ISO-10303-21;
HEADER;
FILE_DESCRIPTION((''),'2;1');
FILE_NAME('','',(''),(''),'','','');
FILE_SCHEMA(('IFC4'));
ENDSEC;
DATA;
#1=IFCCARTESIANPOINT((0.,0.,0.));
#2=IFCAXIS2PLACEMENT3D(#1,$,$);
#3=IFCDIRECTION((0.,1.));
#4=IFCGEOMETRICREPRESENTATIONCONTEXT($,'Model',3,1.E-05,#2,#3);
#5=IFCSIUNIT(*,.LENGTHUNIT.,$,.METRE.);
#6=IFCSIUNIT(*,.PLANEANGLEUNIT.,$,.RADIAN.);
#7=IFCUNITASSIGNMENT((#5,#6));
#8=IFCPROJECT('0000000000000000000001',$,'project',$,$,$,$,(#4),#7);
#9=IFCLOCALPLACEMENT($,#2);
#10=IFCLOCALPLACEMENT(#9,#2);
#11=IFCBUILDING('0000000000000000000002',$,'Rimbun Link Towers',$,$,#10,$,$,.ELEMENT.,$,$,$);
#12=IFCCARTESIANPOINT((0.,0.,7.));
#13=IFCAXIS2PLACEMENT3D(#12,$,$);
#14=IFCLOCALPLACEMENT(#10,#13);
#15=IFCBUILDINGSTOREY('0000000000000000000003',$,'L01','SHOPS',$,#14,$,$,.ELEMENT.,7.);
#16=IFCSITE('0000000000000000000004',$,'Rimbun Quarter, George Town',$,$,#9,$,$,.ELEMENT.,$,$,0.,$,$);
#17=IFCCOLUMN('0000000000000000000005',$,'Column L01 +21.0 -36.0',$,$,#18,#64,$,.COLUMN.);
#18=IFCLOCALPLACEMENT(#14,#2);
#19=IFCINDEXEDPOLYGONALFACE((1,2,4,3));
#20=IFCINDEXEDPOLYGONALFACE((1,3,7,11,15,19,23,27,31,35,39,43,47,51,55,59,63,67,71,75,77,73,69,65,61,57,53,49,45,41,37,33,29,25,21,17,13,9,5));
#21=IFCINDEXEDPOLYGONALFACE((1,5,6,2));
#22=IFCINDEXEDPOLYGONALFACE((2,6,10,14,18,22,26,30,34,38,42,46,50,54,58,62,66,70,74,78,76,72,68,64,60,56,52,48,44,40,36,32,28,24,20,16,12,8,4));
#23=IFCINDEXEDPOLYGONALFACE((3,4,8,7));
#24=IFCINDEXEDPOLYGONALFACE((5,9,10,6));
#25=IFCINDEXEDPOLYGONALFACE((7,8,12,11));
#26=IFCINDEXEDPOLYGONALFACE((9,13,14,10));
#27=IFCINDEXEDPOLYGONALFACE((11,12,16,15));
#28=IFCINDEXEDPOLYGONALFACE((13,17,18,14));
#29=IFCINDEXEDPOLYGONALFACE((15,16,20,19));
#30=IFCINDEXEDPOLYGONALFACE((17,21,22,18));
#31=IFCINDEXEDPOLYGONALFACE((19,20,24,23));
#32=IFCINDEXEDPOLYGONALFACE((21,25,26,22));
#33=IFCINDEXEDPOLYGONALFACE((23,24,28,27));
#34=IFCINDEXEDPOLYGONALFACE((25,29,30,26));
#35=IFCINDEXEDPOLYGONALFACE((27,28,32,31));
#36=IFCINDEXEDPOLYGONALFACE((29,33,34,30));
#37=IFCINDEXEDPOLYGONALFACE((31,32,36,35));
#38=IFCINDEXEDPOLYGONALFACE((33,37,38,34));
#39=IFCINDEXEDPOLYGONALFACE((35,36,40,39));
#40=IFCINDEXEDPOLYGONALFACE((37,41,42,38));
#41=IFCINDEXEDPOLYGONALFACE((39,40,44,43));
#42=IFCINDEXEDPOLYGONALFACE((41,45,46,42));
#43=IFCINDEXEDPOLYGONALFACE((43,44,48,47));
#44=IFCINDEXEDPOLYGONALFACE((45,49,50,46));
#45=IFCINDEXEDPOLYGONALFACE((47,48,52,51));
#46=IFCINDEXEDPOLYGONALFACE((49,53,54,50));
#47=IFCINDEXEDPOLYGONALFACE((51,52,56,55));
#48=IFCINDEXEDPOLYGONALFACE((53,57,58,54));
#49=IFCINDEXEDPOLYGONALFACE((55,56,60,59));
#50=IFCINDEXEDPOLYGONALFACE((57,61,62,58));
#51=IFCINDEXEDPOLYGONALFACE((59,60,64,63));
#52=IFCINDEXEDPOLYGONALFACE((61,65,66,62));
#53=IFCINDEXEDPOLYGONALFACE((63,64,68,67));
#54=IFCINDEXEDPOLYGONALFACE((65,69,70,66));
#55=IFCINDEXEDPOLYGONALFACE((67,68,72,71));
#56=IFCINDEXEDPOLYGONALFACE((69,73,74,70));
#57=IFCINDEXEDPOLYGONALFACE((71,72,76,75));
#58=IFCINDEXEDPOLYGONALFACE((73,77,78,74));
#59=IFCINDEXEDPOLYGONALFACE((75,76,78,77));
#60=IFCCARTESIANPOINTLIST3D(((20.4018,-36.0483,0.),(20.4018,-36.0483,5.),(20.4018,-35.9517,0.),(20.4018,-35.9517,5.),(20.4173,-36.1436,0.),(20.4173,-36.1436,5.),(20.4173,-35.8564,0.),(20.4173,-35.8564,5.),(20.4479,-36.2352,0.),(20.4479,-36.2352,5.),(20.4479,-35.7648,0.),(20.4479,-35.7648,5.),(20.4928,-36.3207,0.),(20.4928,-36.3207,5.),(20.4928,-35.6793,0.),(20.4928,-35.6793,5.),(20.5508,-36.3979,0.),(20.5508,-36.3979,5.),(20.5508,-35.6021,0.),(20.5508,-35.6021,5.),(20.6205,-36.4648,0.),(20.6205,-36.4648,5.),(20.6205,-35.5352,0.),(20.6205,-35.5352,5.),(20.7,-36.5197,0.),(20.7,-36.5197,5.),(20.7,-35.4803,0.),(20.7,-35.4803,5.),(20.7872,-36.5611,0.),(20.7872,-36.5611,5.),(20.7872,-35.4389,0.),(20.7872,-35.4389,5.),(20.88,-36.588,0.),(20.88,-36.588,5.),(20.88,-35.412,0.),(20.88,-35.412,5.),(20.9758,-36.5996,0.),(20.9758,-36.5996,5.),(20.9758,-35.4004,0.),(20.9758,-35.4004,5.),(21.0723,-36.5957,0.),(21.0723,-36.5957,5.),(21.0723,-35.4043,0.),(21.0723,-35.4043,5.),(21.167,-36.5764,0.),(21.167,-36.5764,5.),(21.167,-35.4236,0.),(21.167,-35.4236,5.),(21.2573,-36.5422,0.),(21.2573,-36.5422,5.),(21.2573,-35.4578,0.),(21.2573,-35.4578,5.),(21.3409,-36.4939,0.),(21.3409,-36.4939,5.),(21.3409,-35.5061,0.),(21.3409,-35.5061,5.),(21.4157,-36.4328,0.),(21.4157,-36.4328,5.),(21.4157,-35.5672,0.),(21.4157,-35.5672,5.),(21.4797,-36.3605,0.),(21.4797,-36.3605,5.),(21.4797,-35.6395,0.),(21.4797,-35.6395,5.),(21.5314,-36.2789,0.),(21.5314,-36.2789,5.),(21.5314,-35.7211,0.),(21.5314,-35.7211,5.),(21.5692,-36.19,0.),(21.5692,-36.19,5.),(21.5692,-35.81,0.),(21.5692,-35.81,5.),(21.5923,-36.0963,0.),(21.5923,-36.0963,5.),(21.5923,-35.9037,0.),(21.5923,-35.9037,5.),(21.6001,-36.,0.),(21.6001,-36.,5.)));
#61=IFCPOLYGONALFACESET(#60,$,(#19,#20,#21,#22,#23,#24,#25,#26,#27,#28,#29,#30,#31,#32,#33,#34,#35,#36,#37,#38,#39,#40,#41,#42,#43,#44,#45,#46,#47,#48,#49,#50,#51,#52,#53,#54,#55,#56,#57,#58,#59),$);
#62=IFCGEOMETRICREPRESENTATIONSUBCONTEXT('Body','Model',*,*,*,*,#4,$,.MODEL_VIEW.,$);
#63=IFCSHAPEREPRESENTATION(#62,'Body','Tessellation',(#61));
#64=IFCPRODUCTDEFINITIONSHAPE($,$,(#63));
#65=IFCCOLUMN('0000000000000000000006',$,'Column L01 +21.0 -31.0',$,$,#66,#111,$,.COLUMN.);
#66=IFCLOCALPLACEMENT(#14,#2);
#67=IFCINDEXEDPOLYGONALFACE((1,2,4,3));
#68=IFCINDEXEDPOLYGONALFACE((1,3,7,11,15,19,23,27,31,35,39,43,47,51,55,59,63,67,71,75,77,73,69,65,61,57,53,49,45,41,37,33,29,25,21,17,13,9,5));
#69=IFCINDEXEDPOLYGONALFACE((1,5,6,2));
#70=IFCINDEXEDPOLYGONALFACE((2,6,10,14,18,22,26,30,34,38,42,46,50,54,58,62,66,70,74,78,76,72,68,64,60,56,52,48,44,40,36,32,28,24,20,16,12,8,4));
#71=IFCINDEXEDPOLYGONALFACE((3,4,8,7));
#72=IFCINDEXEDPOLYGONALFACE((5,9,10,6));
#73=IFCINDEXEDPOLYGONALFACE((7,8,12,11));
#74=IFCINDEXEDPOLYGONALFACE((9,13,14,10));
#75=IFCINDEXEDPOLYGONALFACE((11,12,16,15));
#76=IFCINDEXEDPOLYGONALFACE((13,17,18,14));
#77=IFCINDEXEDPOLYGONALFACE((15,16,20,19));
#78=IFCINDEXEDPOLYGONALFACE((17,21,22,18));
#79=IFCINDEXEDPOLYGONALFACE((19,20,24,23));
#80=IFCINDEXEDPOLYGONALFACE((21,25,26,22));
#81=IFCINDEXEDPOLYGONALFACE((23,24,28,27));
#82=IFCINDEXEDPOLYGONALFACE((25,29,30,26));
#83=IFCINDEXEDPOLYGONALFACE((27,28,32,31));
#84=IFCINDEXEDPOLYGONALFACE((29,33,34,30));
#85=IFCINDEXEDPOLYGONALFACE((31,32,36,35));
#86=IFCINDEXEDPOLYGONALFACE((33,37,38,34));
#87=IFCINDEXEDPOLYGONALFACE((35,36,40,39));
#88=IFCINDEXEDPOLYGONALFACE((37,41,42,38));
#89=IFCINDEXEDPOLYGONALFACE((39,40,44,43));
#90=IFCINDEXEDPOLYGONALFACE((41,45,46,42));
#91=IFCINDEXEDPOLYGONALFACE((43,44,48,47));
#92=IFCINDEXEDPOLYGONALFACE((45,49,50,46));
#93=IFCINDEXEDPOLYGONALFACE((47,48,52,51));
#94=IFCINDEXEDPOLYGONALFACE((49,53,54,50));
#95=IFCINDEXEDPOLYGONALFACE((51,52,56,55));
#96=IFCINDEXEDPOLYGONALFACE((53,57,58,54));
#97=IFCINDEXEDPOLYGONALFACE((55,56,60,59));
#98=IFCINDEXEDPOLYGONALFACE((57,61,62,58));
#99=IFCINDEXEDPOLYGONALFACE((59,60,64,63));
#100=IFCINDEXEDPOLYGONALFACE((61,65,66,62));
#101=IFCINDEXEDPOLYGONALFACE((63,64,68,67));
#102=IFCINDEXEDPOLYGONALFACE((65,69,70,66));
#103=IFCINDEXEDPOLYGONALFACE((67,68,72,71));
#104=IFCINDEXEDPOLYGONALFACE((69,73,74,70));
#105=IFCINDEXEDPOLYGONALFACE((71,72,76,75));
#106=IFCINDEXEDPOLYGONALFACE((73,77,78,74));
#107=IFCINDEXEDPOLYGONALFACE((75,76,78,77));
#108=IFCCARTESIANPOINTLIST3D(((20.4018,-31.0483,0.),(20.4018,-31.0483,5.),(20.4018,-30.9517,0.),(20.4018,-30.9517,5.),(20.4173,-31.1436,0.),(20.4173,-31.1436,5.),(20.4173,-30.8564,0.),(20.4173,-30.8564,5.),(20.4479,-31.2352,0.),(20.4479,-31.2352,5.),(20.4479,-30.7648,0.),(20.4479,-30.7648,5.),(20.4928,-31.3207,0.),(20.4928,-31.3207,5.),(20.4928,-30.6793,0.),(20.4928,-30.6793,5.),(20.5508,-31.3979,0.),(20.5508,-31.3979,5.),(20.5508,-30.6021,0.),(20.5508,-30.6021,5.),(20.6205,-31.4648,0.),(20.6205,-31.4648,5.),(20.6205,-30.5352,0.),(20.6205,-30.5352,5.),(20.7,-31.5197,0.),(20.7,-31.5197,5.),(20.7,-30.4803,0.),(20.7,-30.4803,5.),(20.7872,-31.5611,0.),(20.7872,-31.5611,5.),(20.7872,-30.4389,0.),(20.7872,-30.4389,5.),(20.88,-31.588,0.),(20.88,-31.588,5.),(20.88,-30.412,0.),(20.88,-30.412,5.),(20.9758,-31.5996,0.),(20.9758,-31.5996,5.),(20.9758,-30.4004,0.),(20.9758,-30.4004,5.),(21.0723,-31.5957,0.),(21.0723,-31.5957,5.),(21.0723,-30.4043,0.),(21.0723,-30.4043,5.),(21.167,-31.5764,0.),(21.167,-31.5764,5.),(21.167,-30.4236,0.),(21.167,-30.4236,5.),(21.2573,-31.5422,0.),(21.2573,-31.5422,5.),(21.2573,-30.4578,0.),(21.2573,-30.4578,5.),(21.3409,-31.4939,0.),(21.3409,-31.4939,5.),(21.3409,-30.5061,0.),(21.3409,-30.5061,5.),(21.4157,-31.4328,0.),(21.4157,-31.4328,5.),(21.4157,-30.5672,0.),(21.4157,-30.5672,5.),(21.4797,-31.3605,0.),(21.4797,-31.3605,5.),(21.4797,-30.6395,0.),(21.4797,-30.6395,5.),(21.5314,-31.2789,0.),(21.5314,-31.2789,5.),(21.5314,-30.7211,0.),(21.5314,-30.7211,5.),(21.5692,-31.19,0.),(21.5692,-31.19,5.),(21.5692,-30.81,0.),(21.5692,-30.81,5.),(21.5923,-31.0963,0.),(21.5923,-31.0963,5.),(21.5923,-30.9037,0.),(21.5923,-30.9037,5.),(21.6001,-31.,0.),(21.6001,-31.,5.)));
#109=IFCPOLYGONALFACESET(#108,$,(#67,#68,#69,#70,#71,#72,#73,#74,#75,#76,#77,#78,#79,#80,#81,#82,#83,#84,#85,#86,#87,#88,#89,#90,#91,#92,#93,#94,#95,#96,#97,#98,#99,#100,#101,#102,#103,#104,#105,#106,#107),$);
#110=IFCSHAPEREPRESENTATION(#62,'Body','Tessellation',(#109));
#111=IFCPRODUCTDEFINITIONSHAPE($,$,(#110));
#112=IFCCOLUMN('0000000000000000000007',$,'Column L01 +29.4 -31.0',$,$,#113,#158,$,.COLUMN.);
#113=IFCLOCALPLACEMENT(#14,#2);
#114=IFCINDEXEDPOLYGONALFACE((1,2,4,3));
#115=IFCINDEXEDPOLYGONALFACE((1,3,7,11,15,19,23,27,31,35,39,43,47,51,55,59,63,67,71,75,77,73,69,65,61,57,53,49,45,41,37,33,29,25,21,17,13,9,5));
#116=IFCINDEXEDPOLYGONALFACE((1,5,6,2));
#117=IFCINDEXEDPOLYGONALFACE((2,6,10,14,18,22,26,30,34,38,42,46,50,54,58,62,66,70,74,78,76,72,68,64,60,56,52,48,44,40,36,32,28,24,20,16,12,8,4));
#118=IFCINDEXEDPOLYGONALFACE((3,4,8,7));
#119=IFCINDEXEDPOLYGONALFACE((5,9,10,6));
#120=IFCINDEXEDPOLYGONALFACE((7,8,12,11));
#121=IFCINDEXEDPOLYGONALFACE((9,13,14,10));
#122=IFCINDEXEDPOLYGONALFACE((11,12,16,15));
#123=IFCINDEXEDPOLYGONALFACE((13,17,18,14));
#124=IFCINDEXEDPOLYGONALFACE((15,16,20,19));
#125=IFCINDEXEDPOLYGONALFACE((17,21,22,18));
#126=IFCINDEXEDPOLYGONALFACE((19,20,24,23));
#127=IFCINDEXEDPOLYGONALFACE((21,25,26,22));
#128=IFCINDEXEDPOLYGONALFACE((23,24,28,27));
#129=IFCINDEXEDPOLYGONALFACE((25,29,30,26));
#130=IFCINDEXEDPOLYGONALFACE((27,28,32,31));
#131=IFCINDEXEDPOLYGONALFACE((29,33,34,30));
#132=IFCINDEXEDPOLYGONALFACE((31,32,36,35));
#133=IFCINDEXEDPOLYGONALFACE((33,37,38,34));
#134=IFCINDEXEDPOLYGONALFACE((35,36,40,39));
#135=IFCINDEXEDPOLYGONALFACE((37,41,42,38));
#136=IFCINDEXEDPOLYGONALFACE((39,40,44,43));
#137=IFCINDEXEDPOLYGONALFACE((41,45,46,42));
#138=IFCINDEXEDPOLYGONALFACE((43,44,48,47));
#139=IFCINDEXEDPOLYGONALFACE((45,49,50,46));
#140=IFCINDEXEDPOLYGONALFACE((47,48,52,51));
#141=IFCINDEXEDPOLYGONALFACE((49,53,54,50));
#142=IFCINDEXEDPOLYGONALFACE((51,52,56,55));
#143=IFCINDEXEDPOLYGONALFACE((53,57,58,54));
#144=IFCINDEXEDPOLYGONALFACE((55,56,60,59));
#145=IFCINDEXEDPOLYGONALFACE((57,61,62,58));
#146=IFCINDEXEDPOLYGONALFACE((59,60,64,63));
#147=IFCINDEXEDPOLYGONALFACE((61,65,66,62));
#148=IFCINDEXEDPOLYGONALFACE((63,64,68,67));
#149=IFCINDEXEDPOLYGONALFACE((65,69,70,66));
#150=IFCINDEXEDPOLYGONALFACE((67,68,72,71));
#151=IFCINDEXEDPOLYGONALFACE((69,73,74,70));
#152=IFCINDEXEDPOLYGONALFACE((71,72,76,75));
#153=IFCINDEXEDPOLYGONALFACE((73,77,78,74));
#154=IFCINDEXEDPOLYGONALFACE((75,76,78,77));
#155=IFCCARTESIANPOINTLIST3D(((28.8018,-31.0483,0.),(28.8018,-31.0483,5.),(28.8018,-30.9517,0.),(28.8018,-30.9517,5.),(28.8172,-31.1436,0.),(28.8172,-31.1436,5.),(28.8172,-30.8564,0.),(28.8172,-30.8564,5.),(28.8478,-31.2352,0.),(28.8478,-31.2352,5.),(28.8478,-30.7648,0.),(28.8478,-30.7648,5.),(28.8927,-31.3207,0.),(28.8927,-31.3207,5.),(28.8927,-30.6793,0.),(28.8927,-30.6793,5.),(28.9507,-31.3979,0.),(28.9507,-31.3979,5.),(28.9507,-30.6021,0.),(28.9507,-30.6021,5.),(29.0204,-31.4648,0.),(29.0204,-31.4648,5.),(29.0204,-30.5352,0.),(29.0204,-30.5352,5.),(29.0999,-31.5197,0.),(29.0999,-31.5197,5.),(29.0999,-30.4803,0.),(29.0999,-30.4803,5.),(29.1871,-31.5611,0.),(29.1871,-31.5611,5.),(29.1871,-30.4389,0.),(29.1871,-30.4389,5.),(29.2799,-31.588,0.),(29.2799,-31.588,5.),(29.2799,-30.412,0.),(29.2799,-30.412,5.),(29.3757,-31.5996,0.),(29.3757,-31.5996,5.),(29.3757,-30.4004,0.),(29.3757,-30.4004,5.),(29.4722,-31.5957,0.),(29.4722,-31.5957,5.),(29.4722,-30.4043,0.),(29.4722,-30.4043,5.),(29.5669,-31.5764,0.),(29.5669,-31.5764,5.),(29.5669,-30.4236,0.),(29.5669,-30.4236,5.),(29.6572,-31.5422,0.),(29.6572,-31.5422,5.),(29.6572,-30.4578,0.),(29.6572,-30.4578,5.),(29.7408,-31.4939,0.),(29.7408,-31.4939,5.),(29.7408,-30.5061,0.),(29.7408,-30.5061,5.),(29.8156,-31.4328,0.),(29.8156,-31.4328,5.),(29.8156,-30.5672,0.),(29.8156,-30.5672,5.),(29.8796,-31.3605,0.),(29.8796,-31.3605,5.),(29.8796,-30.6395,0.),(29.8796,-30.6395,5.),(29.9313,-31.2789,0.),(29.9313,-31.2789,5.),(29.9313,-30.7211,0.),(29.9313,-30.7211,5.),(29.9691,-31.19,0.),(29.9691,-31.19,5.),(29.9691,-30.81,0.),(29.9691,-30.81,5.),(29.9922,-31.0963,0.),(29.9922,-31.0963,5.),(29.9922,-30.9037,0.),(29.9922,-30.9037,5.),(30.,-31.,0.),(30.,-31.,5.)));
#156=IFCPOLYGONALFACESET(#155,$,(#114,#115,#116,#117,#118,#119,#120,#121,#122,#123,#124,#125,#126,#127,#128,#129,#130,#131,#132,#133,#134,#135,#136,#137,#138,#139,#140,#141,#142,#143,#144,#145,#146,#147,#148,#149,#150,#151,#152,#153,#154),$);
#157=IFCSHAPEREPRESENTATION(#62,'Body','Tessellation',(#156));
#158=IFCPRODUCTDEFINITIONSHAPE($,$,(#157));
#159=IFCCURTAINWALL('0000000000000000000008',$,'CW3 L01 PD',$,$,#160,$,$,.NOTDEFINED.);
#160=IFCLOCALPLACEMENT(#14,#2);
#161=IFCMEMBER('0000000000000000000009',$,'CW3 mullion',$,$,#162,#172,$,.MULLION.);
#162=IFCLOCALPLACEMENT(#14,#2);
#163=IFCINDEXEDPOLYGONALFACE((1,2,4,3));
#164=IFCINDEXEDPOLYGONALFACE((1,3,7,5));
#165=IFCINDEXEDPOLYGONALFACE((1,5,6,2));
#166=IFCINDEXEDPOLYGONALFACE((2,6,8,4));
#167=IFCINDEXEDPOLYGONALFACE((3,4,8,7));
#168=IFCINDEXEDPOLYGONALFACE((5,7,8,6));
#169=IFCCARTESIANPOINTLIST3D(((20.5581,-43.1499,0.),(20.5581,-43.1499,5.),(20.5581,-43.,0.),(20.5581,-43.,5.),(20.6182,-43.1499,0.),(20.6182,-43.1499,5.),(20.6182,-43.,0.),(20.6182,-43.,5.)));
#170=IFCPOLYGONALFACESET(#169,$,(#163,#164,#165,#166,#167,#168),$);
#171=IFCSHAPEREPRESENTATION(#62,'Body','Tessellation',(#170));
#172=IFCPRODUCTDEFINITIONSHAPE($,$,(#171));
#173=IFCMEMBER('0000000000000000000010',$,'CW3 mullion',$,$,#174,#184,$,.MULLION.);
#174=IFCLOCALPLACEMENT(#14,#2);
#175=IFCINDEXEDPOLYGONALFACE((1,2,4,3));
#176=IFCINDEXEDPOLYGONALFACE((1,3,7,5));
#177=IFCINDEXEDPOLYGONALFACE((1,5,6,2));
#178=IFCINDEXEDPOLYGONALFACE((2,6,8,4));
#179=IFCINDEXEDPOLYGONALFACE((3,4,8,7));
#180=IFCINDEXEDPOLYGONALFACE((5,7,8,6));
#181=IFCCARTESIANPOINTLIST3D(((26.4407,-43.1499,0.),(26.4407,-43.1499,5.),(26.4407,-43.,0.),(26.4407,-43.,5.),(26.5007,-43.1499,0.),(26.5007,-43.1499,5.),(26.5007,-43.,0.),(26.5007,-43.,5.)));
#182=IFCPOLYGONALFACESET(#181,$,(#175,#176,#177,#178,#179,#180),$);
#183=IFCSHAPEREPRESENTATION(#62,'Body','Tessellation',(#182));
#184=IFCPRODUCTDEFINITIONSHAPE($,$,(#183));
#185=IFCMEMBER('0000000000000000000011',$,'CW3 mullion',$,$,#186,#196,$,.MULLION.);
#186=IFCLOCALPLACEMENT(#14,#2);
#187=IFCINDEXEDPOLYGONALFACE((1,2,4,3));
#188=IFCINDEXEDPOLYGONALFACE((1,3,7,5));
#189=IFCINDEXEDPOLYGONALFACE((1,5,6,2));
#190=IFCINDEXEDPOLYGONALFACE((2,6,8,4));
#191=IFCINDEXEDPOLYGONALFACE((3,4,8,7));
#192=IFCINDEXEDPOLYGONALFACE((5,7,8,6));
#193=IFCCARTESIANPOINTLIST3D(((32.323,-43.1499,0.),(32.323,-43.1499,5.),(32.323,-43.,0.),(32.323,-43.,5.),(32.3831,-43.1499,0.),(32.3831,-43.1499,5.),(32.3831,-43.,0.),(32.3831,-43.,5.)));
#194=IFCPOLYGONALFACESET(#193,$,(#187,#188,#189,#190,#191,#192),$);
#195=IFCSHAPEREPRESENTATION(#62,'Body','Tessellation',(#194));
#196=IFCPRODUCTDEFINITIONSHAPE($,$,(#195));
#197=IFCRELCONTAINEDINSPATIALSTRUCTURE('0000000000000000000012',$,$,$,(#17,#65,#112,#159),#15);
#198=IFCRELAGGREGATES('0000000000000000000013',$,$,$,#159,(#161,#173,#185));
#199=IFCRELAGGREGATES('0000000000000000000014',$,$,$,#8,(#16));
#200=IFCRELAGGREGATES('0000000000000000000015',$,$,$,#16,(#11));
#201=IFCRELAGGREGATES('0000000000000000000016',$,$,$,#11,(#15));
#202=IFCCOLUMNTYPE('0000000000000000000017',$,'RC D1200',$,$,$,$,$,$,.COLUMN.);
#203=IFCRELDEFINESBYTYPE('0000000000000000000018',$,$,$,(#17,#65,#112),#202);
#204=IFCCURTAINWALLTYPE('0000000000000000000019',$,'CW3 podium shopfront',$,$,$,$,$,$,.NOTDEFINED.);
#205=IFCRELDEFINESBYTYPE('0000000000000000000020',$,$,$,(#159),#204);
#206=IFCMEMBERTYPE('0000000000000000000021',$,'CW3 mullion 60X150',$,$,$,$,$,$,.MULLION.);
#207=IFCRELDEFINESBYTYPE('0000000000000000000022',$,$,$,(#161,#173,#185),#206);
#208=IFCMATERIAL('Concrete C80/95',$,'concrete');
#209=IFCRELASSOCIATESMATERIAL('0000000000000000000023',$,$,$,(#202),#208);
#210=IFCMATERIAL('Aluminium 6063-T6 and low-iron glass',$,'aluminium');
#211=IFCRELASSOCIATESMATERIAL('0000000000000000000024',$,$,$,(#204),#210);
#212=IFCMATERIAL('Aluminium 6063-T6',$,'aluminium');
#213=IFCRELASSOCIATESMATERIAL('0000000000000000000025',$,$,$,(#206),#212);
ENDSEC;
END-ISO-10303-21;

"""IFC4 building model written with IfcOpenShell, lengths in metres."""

from ifc_helpers import new_model, si_unit, direction, frame, origin, origin_2d, place, context, subcontext, project, spatial, rectangle, circle, extrude, material, material_profile, profile_set, type_object, element, aggregate, save


model = new_model("IFC4")

# Units and contexts
model_context = context("Model", 3, precision=1e-05, world=origin(), true_north=direction((0.0, 1.0)))
body_context = subcontext(model_context, "Body", "Model", "MODEL_VIEW")
ifc_project = project(units=[si_unit("LENGTHUNIT", "METRE"), si_unit("PLANEANGLEUNIT", "RADIAN")], contexts=[model_context])

# Site, building, storey
site_placement = place(None, origin())
site = spatial("IfcSite", under=ifc_project, at=site_placement, Name="Rimbun Quarter, George Town", CompositionType="ELEMENT", RefElevation=0.0)
building_placement = place(site_placement, origin())
building = spatial("IfcBuilding", under=site, at=building_placement, Name="Rimbun Link Towers", CompositionType="ELEMENT")
storey_placement = place(building_placement, frame((0.0, 0.0, 7.0)))
storey = spatial("IfcBuildingStorey", under=building, at=storey_placement, Name="L01", Description="SHOPS", CompositionType="ELEMENT", Elevation=7.0)

# Columns
ifc_material_1 = material(Name="Concrete C80/95", Category="concrete")
ifc_material_profile_1 = material_profile(ifc_material_1, circle(Radius=0.6001, at=origin_2d()), Name="RC D1200")
ifc_profile_set_1 = profile_set([ifc_material_profile_1], Name="Concrete C80/95")
column_type = type_object("IfcColumnType", Name="RC D1200", PredefinedType="COLUMN", material=ifc_profile_set_1)
for number, where, z_axis, x_axis, name in (
    (1, (21.0, -36.0, 0.0), (0.0, 0.0, 1.0), (1.0, 0.0, 0.0), "Column L01 +21.0 -36.0"),
    (2, (21.0, -31.0, 0.0), (0.0, 0.0, 1.0), (1.0, 0.0, 0.0), "Column L01 +21.0 -31.0"),
    (3, (29.3999, -31.0, 0.0), (0.0, 0.0, 1.0), (1.0, 0.0, 0.0), "Column L01 +29.4 -31.0"),
):
    element("IfcColumn", number, at=place(storey_placement, frame(where, z_axis=z_axis, x_axis=x_axis)), inside=storey, type_object=column_type, Name=name, PredefinedType="COLUMN", context=body_context, shape_type="SweptSolid", body=[
        extrude(circle(Radius=0.6001, at=origin_2d()), origin(), (0.0, 0.0, 1.0), 5.0),
    ])

# Curtain wall, members
ifc_material_2 = material(Name="Aluminium 6063-T6 and low-iron glass", Category="aluminium")
curtain_wall_type = type_object("IfcCurtainWallType", Name="CW3 podium shopfront", PredefinedType="NOTDEFINED", material=ifc_material_2)
curtain_wall_placement = place(storey_placement, origin())
curtain_wall = element("IfcCurtainWall", 4, at=curtain_wall_placement, inside=storey, type_object=curtain_wall_type, Name="CW3 L01 PD", PredefinedType="NOTDEFINED")
ifc_material_3 = material(Name="Aluminium 6063-T6", Category="aluminium")
ifc_material_profile_2 = material_profile(ifc_material_3, rectangle(XDim=0.1499, YDim=0.0601, at=origin_2d()), Name="MULLION 60X150")
ifc_profile_set_2 = profile_set([ifc_material_profile_2], Name="Aluminium 6063-T6")
member_type_1 = type_object("IfcMemberType", Name="CW3 mullion 60X150", PredefinedType="MULLION", material=ifc_profile_set_2)
member_1_placement = place(storey_placement, frame((20.5881, -43.075, 0.0), z_axis=(0.0, 0.0, 1.0), x_axis=(0.0, -1.0, 0.0)))
member_1 = element("IfcMember", 5, at=member_1_placement, type_object=member_type_1, Name="CW3 mullion", PredefinedType="MULLION", context=body_context, shape_type="SweptSolid", body=[
    extrude(rectangle(XDim=0.1499, YDim=0.0601, at=origin_2d()), origin(), (0.0, 0.0, 1.0), 5.0),
])
member_2_placement = place(storey_placement, frame((26.4707, -43.075, 0.0), z_axis=(0.0, 0.0, 1.0), x_axis=(0.0, -1.0, 0.0)))
member_2 = element("IfcMember", 6, at=member_2_placement, type_object=member_type_1, Name="CW3 mullion", PredefinedType="MULLION", context=body_context, shape_type="SweptSolid", body=[
    extrude(rectangle(XDim=0.1499, YDim=0.0601, at=origin_2d()), origin(), (0.0, 0.0, 1.0), 5.0),
])
member_3_placement = place(storey_placement, frame((32.353, -43.075, 0.0), z_axis=(0.0, 0.0, 1.0), x_axis=(0.0, -1.0, 0.0)))
member_3 = element("IfcMember", 7, at=member_3_placement, type_object=member_type_1, Name="CW3 mullion", PredefinedType="MULLION", context=body_context, shape_type="SweptSolid", body=[
    extrude(rectangle(XDim=0.1499, YDim=0.0601, at=origin_2d()), origin(), (0.0, 0.0, 1.0), 5.0),
])

aggregate(curtain_wall, [member_1, member_2, member_3])

save(model, "model.ifc")
